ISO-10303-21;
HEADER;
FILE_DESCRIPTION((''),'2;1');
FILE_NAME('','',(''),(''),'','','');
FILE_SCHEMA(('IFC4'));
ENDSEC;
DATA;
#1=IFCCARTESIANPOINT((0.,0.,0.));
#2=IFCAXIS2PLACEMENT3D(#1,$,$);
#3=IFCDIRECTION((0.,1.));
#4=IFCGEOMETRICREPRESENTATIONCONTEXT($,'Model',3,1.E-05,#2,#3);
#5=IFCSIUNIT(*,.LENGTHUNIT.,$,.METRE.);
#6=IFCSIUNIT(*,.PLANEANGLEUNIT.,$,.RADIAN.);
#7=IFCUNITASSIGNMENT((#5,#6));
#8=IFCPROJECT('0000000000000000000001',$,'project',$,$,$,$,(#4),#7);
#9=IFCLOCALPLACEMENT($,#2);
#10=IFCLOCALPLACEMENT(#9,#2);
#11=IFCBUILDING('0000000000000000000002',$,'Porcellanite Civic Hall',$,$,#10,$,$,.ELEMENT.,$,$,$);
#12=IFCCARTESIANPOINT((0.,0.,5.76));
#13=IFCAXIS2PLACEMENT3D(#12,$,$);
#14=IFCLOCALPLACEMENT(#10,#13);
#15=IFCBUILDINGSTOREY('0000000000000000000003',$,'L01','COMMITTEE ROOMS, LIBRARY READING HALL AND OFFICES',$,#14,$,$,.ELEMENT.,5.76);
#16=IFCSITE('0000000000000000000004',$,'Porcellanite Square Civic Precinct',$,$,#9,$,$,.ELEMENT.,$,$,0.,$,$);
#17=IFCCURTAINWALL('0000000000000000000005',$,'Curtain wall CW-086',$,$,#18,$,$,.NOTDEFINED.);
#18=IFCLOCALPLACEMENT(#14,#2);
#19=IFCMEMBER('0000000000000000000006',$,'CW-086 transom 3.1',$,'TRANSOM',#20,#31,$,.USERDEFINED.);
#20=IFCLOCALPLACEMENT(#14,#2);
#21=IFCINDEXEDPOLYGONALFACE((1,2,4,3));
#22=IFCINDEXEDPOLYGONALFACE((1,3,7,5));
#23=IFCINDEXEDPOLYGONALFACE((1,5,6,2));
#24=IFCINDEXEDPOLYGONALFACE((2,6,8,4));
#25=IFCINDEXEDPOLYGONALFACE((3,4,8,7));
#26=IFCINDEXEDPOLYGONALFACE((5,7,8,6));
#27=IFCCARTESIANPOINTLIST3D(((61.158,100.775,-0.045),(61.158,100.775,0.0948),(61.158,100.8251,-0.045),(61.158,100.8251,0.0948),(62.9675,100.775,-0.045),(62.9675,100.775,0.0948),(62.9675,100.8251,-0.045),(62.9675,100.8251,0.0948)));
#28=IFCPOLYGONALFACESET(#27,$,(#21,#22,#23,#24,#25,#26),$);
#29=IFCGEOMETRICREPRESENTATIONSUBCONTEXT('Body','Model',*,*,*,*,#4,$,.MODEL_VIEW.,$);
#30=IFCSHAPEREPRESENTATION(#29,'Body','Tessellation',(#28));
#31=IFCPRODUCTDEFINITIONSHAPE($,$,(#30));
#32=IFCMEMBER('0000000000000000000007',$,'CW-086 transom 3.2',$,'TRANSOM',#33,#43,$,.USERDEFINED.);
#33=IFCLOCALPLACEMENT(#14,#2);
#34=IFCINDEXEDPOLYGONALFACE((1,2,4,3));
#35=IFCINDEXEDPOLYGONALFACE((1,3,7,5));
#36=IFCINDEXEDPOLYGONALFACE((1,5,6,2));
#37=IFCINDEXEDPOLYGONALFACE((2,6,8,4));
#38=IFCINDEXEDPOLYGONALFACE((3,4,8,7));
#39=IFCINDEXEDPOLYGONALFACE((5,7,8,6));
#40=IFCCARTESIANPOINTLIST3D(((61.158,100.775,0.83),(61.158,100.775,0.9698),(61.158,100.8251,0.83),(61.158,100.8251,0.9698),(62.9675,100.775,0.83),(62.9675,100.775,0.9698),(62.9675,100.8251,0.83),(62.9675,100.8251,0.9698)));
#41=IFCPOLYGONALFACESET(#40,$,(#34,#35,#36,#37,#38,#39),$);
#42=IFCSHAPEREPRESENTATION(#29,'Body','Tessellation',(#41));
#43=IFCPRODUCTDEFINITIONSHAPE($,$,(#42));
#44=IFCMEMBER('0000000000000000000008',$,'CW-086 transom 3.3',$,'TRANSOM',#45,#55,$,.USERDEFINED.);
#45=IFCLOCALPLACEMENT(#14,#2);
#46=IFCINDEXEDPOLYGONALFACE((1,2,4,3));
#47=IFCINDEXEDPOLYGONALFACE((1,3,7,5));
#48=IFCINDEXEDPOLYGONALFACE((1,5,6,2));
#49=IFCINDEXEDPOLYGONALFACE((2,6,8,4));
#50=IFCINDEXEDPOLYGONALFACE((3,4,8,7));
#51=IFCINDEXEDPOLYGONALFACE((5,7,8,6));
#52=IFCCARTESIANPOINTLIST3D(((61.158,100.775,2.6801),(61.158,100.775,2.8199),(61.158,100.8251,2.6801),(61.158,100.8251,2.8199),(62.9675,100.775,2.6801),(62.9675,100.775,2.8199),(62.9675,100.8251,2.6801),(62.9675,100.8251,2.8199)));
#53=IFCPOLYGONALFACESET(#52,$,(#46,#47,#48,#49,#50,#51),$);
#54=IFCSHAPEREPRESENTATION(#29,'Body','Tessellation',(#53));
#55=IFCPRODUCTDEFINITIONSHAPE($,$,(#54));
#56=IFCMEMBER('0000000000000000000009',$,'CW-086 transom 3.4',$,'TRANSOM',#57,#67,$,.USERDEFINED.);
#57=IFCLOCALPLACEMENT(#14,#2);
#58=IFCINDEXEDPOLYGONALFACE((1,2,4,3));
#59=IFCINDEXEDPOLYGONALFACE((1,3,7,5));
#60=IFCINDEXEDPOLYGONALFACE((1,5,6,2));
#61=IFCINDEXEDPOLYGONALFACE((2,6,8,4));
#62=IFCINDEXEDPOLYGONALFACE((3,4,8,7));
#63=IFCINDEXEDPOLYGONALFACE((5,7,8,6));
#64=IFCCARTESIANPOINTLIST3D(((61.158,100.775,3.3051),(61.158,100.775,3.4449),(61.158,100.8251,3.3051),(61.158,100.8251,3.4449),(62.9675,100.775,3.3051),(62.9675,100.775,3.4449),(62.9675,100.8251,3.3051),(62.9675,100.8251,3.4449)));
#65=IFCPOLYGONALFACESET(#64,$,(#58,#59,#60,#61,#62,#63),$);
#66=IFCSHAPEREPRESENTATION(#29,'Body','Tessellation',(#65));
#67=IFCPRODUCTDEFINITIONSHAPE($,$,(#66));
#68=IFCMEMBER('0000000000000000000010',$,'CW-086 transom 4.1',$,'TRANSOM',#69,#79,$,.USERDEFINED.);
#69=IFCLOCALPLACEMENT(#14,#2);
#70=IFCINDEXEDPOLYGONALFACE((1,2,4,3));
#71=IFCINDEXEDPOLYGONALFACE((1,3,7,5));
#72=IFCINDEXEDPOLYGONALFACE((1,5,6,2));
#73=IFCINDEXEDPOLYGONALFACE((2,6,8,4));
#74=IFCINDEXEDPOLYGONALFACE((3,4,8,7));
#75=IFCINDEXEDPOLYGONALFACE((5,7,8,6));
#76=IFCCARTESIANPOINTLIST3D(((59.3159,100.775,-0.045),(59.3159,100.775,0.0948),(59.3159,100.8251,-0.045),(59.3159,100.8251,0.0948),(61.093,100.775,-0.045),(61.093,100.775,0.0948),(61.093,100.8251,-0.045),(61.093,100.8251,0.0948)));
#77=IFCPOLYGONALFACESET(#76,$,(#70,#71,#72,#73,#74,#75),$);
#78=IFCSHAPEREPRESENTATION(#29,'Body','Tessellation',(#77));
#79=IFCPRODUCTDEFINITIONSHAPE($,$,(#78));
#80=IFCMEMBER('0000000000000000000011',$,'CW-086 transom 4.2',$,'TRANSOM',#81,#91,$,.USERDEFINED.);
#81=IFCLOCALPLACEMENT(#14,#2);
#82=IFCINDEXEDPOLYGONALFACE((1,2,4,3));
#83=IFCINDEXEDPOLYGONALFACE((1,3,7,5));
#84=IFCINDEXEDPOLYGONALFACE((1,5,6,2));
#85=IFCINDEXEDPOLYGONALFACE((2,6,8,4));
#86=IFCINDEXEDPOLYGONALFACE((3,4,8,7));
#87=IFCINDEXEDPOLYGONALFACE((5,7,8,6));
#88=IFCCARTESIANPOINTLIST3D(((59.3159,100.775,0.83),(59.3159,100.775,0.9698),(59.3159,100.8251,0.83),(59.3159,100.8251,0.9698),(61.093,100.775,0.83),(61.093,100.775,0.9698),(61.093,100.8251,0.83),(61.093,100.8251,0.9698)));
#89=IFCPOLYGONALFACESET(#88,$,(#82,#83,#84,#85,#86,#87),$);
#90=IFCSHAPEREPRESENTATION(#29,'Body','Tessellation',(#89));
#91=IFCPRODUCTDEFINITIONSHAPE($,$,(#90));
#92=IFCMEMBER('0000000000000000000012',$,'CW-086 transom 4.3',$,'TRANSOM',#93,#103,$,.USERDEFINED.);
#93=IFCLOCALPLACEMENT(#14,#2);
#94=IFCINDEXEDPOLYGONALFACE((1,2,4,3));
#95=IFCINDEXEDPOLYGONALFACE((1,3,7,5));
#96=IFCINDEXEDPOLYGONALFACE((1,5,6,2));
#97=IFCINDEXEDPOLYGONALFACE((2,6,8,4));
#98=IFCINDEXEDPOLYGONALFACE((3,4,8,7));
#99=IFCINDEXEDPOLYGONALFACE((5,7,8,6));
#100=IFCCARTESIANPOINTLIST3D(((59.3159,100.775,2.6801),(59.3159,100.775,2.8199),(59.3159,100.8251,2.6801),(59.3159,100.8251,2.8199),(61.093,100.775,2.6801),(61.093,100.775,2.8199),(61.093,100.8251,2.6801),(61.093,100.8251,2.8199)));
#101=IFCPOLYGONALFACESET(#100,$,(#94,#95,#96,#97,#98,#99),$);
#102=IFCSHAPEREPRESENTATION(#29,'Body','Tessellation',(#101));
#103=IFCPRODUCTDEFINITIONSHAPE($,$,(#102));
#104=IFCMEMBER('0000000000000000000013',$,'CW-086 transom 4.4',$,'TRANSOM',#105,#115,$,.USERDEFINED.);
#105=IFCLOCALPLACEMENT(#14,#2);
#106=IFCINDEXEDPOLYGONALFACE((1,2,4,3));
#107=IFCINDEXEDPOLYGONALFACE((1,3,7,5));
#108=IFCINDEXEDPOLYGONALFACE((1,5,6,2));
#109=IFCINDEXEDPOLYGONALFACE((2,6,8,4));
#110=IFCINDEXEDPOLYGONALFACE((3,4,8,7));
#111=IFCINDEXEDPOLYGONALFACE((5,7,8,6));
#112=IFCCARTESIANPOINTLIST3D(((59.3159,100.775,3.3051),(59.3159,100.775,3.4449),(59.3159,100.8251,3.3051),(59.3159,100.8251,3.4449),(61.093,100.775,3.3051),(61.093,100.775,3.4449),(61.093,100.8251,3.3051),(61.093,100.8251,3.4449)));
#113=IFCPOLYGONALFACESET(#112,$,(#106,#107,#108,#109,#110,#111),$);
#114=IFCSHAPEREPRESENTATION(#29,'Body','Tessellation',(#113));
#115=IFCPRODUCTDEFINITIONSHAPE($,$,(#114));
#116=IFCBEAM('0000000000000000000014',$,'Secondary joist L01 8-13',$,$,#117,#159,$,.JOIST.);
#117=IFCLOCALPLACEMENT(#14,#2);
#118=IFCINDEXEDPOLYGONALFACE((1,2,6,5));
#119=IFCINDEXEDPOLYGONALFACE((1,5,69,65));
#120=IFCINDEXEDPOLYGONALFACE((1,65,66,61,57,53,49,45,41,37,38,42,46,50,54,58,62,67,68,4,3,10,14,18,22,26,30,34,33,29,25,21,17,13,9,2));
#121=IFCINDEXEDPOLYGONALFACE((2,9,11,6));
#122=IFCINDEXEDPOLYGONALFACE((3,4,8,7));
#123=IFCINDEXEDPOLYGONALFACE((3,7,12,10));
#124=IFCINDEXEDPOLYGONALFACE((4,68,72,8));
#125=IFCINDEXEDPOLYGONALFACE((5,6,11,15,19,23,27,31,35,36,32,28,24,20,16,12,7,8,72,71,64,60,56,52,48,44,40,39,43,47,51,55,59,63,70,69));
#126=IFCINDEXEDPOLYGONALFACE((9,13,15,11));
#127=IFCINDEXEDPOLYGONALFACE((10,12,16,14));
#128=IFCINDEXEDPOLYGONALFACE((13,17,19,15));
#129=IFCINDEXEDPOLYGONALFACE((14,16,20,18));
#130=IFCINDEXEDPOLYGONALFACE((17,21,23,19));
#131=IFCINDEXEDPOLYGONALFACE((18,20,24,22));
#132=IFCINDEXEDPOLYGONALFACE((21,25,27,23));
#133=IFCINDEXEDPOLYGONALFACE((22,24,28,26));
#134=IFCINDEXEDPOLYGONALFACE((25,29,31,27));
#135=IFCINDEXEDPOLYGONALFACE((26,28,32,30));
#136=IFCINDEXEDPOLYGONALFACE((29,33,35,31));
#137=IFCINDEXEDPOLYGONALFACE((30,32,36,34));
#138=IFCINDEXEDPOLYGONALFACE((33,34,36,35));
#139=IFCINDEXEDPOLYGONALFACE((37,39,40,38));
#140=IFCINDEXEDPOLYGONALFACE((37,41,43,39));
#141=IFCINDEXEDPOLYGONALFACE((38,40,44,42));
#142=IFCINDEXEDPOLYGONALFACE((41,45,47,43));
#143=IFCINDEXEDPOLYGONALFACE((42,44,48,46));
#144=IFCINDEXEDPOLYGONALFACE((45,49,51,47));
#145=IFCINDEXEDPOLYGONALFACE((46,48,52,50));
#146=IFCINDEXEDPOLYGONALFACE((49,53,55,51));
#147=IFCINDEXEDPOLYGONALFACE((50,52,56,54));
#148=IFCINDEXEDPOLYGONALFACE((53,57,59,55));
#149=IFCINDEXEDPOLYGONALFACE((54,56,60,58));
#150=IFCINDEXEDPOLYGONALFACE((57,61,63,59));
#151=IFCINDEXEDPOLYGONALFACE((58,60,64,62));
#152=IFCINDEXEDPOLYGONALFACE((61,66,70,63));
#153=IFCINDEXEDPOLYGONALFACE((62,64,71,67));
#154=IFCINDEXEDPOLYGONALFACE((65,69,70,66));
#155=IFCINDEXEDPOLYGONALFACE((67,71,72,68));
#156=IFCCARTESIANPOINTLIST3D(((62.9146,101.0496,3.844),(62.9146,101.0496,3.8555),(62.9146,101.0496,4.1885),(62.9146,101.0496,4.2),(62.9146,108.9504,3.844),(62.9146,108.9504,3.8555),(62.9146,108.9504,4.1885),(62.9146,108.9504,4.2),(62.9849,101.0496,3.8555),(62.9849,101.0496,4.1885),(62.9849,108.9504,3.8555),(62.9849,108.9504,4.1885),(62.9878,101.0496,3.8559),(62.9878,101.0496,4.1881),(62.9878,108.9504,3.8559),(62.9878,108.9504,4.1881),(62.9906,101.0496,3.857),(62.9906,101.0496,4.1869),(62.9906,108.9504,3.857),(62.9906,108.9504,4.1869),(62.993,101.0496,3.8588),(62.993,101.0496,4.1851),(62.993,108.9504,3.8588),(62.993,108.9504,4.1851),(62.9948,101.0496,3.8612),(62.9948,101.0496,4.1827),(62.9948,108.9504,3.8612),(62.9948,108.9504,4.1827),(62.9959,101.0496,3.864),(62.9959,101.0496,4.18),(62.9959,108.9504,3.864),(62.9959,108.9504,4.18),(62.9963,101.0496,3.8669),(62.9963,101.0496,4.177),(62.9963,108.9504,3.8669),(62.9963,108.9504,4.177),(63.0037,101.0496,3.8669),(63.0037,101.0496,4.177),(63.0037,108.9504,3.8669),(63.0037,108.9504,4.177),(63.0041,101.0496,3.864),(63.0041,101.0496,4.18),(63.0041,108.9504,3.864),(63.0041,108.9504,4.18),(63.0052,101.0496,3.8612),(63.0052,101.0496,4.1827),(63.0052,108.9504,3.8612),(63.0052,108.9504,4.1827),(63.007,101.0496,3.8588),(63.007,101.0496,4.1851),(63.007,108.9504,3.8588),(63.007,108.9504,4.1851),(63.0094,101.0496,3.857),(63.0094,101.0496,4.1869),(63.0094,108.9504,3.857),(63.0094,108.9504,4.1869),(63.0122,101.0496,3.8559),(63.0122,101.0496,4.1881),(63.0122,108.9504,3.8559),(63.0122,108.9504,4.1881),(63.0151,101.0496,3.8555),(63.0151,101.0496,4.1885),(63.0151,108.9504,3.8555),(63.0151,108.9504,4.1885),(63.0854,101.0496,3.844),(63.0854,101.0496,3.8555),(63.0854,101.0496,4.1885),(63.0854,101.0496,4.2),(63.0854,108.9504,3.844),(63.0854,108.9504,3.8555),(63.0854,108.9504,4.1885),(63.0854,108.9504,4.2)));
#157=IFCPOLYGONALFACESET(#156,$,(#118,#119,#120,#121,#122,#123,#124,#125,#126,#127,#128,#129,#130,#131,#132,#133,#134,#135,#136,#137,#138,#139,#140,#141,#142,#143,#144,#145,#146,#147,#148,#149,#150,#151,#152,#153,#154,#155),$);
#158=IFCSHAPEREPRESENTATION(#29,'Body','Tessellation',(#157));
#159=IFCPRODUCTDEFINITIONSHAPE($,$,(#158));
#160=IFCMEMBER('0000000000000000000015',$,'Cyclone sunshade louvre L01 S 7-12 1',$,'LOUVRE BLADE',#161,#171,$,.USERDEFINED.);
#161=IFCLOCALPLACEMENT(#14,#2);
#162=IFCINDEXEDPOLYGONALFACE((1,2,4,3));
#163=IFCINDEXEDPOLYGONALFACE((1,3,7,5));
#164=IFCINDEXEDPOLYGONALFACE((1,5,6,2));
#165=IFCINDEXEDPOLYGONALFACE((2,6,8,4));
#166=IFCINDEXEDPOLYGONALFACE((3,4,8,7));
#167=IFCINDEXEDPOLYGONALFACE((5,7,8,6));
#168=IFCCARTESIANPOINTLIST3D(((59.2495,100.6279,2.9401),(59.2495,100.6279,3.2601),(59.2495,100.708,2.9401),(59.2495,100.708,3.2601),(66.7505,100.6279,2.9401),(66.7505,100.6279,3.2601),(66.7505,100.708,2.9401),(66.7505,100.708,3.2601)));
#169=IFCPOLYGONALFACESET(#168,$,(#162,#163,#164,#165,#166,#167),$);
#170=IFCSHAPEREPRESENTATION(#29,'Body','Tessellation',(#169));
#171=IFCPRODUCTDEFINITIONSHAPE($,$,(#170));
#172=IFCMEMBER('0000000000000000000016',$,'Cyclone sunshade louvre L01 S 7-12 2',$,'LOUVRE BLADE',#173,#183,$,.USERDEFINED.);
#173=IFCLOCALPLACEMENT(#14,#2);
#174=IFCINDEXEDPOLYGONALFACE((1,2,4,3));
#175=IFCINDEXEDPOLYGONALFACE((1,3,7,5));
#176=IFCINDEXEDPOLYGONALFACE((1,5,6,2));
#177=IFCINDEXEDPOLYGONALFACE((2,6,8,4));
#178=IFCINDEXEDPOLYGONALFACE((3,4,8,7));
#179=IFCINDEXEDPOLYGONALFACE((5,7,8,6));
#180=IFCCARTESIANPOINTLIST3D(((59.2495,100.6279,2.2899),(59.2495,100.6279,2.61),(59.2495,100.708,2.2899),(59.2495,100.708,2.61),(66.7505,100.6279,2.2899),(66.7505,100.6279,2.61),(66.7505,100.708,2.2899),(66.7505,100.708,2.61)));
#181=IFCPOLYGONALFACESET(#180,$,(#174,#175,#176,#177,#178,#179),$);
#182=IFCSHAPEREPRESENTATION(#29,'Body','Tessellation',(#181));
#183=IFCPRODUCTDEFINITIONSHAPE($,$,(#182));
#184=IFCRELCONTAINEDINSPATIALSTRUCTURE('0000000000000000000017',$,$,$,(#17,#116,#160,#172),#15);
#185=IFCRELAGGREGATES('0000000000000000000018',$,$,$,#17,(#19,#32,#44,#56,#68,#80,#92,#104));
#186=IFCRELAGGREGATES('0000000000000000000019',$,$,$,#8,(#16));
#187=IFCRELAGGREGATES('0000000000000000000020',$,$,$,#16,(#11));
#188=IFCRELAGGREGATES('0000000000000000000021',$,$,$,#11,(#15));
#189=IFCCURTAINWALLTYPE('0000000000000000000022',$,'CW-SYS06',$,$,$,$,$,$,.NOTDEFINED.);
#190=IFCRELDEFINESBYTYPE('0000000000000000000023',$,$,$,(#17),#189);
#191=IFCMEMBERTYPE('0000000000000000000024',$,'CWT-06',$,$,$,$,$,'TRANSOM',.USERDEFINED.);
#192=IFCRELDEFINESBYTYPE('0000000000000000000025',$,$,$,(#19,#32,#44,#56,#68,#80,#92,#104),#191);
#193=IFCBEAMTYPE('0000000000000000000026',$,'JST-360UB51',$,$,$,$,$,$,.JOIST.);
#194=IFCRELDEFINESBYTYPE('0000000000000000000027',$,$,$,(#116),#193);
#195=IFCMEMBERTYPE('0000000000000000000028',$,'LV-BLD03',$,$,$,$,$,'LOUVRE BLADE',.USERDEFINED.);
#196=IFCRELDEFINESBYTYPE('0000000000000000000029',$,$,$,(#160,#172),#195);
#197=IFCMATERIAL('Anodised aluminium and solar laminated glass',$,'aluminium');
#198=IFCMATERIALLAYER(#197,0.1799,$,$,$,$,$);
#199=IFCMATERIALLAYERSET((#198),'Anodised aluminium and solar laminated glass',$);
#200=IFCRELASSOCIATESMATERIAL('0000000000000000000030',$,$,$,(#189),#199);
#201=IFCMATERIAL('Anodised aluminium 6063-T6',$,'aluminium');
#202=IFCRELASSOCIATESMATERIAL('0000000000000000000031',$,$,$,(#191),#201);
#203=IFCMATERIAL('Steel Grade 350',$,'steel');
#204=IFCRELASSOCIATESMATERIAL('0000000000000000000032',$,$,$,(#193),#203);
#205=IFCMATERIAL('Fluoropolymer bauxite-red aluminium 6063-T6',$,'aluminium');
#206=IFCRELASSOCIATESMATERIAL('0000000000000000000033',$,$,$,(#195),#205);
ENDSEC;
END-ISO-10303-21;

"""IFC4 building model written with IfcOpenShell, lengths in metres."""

from ifc_helpers import new_model, si_unit, direction, frame, origin, origin_2d, place, context, subcontext, project, spatial, rectangle, i_section, extrude, material, layer, layer_set, material_profile, profile_set, type_object, element, aggregate, save


model = new_model("IFC4")

# Units and contexts
model_context = context("Model", 3, precision=1e-05, world=origin(), true_north=direction((0.0, 1.0)))
body_context = subcontext(model_context, "Body", "Model", "MODEL_VIEW")
ifc_project = project(units=[si_unit("LENGTHUNIT", "METRE"), si_unit("PLANEANGLEUNIT", "RADIAN")], contexts=[model_context])

# Site, building, storey
site_placement = place(None, origin())
site = spatial("IfcSite", under=ifc_project, at=site_placement, Name="Porcellanite Square Civic Precinct", CompositionType="ELEMENT", RefElevation=0.0)
building_placement = place(site_placement, origin())
building = spatial("IfcBuilding", under=site, at=building_placement, Name="Porcellanite Civic Hall", CompositionType="ELEMENT")
storey_placement = place(building_placement, frame((0.0, 0.0, 5.76)))
storey = spatial("IfcBuildingStorey", under=building, at=storey_placement, Name="L01", Description="COMMITTEE ROOMS, LIBRARY READING HALL AND OFFICES", CompositionType="ELEMENT", Elevation=5.76)

# Curtain wall, members
ifc_material_1 = material(Name="Anodised aluminium and solar laminated glass", Category="aluminium")
ifc_layer_1 = layer(ifc_material_1, 0.1799)
ifc_layer_set_1 = layer_set([ifc_layer_1], Name="Anodised aluminium and solar laminated glass")
curtain_wall_type = type_object("IfcCurtainWallType", Name="CW-SYS06", PredefinedType="NOTDEFINED", material=ifc_layer_set_1)
curtain_wall_placement = place(storey_placement, origin())
curtain_wall = element("IfcCurtainWall", 1, at=curtain_wall_placement, inside=storey, type_object=curtain_wall_type, Name="Curtain wall CW-086", PredefinedType="NOTDEFINED")
ifc_material_2 = material(Name="Anodised aluminium 6063-T6", Category="aluminium")
ifc_material_profile_1 = material_profile(ifc_material_2, rectangle(XDim=0.05, YDim=0.1399, at=origin_2d()), Name="AL-50x140")
ifc_profile_set_1 = profile_set([ifc_material_profile_1], Name="Anodised aluminium 6063-T6")
member_type_1 = type_object("IfcMemberType", Name="CWT-06", ElementType="TRANSOM", PredefinedType="USERDEFINED", material=ifc_profile_set_1)
member_1_placement = place(storey_placement, frame((62.9675, 100.8, 0.0249), z_axis=(-1.0, 0.0, 0.0), x_axis=(0.0, -1.0, 0.0)))
member_1 = element("IfcMember", 2, at=member_1_placement, type_object=member_type_1, Name="CW-086 transom 3.1", ObjectType="TRANSOM", PredefinedType="USERDEFINED", context=body_context, shape_type="SweptSolid", body=[
    extrude(rectangle(XDim=0.05, YDim=0.1399, at=origin_2d()), origin(), (0.0, 0.0, 1.0), 1.8096),
])
member_2_placement = place(storey_placement, frame((62.9675, 100.8, 0.8999), z_axis=(-1.0, 0.0, 0.0), x_axis=(0.0, -1.0, 0.0)))
member_2 = element("IfcMember", 3, at=member_2_placement, type_object=member_type_1, Name="CW-086 transom 3.2", ObjectType="TRANSOM", PredefinedType="USERDEFINED", context=body_context, shape_type="SweptSolid", body=[
    extrude(rectangle(XDim=0.05, YDim=0.1399, at=origin_2d()), origin(), (0.0, 0.0, 1.0), 1.8096),
])
member_3_placement = place(storey_placement, frame((62.9675, 100.8, 2.75), z_axis=(-1.0, 0.0, 0.0), x_axis=(0.0, -1.0, 0.0)))
member_3 = element("IfcMember", 4, at=member_3_placement, type_object=member_type_1, Name="CW-086 transom 3.3", ObjectType="TRANSOM", PredefinedType="USERDEFINED", context=body_context, shape_type="SweptSolid", body=[
    extrude(rectangle(XDim=0.05, YDim=0.1399, at=origin_2d()), origin(), (0.0, 0.0, 1.0), 1.8096),
])
member_4_placement = place(storey_placement, frame((62.9675, 100.8, 3.375), z_axis=(-1.0, 0.0, 0.0), x_axis=(0.0, -1.0, 0.0)))
member_4 = element("IfcMember", 5, at=member_4_placement, type_object=member_type_1, Name="CW-086 transom 3.4", ObjectType="TRANSOM", PredefinedType="USERDEFINED", context=body_context, shape_type="SweptSolid", body=[
    extrude(rectangle(XDim=0.05, YDim=0.1399, at=origin_2d()), origin(), (0.0, 0.0, 1.0), 1.8096),
])
member_5_placement = place(storey_placement, frame((61.093, 100.8, 0.0249), z_axis=(-1.0, 0.0, 0.0), x_axis=(0.0, -1.0, 0.0)))
member_5 = element("IfcMember", 6, at=member_5_placement, type_object=member_type_1, Name="CW-086 transom 4.1", ObjectType="TRANSOM", PredefinedType="USERDEFINED", context=body_context, shape_type="SweptSolid", body=[
    extrude(rectangle(XDim=0.05, YDim=0.1399, at=origin_2d()), origin(), (0.0, 0.0, 1.0), 1.7771),
])
member_6_placement = place(storey_placement, frame((61.093, 100.8, 0.8999), z_axis=(-1.0, 0.0, 0.0), x_axis=(0.0, -1.0, 0.0)))
member_6 = element("IfcMember", 7, at=member_6_placement, type_object=member_type_1, Name="CW-086 transom 4.2", ObjectType="TRANSOM", PredefinedType="USERDEFINED", context=body_context, shape_type="SweptSolid", body=[
    extrude(rectangle(XDim=0.05, YDim=0.1399, at=origin_2d()), origin(), (0.0, 0.0, 1.0), 1.7771),
])
member_7_placement = place(storey_placement, frame((61.093, 100.8, 2.75), z_axis=(-1.0, 0.0, 0.0), x_axis=(0.0, -1.0, 0.0)))
member_7 = element("IfcMember", 8, at=member_7_placement, type_object=member_type_1, Name="CW-086 transom 4.3", ObjectType="TRANSOM", PredefinedType="USERDEFINED", context=body_context, shape_type="SweptSolid", body=[
    extrude(rectangle(XDim=0.05, YDim=0.1399, at=origin_2d()), origin(), (0.0, 0.0, 1.0), 1.7771),
])
member_8_placement = place(storey_placement, frame((61.093, 100.8, 3.375), z_axis=(-1.0, 0.0, 0.0), x_axis=(0.0, -1.0, 0.0)))
member_8 = element("IfcMember", 9, at=member_8_placement, type_object=member_type_1, Name="CW-086 transom 4.4", ObjectType="TRANSOM", PredefinedType="USERDEFINED", context=body_context, shape_type="SweptSolid", body=[
    extrude(rectangle(XDim=0.05, YDim=0.1399, at=origin_2d()), origin(), (0.0, 0.0, 1.0), 1.7771),
])

# Beam
ifc_material_3 = material(Name="Steel Grade 350", Category="steel")
ifc_material_profile_2 = material_profile(ifc_material_3, i_section(OverallWidth=0.1709, OverallDepth=0.356, WebThickness=0.0073, FlangeThickness=0.0115, FilletRadius=0.0115, at=origin_2d()), Name="360UB50.7")
ifc_profile_set_2 = profile_set([ifc_material_profile_2], Name="Steel Grade 350")
beam_type_1 = type_object("IfcBeamType", Name="JST-360UB51", PredefinedType="JOIST", material=ifc_profile_set_2)
beam_1_placement = place(storey_placement, frame((63.0, 101.0496, 4.022), z_axis=(0.0, 1.0, 0.0), x_axis=(-1.0, 0.0, 0.0)))
element("IfcBeam", 10, at=beam_1_placement, inside=storey, type_object=beam_type_1, Name="Secondary joist L01 8-13", PredefinedType="JOIST", context=body_context, shape_type="SweptSolid", body=[
    extrude(i_section(OverallWidth=0.1709, OverallDepth=0.356, WebThickness=0.0073, FlangeThickness=0.0115, FilletRadius=0.0115, at=origin_2d()), origin(), (0.0, 0.0, 1.0), 7.9009),
])

# Members
ifc_material_4 = material(Name="Fluoropolymer bauxite-red aluminium 6063-T6", Category="aluminium")
ifc_material_profile_3 = material_profile(ifc_material_4, rectangle(XDim=0.0801, YDim=0.3201, at=origin_2d()), Name="AL-80x320")
ifc_profile_set_3 = profile_set([ifc_material_profile_3], Name="Fluoropolymer bauxite-red aluminium 6063-T6")
member_type_2 = type_object("IfcMemberType", Name="LV-BLD03", ElementType="LOUVRE BLADE", PredefinedType="USERDEFINED", material=ifc_profile_set_3)
for number, where, z_axis, x_axis, name in (
    (11, (66.7505, 100.668, 3.1001), (-1.0, 0.0, 0.0), (0.0, -1.0, 0.0), "Cyclone sunshade louvre L01 S 7-12 1"),
    (12, (66.7505, 100.668, 2.45), (-1.0, 0.0, 0.0), (0.0, -1.0, 0.0), "Cyclone sunshade louvre L01 S 7-12 2"),
):
    element("IfcMember", number, at=place(storey_placement, frame(where, z_axis=z_axis, x_axis=x_axis)), inside=storey, type_object=member_type_2, Name=name, ObjectType="LOUVRE BLADE", PredefinedType="USERDEFINED", context=body_context, shape_type="SweptSolid", body=[
        extrude(rectangle(XDim=0.0801, YDim=0.3201, at=origin_2d()), origin(), (0.0, 0.0, 1.0), 7.501),
    ])

aggregate(curtain_wall, [member_1, member_2, member_3, member_4, member_5, member_6, member_7, member_8])

save(model, "model.ifc")
